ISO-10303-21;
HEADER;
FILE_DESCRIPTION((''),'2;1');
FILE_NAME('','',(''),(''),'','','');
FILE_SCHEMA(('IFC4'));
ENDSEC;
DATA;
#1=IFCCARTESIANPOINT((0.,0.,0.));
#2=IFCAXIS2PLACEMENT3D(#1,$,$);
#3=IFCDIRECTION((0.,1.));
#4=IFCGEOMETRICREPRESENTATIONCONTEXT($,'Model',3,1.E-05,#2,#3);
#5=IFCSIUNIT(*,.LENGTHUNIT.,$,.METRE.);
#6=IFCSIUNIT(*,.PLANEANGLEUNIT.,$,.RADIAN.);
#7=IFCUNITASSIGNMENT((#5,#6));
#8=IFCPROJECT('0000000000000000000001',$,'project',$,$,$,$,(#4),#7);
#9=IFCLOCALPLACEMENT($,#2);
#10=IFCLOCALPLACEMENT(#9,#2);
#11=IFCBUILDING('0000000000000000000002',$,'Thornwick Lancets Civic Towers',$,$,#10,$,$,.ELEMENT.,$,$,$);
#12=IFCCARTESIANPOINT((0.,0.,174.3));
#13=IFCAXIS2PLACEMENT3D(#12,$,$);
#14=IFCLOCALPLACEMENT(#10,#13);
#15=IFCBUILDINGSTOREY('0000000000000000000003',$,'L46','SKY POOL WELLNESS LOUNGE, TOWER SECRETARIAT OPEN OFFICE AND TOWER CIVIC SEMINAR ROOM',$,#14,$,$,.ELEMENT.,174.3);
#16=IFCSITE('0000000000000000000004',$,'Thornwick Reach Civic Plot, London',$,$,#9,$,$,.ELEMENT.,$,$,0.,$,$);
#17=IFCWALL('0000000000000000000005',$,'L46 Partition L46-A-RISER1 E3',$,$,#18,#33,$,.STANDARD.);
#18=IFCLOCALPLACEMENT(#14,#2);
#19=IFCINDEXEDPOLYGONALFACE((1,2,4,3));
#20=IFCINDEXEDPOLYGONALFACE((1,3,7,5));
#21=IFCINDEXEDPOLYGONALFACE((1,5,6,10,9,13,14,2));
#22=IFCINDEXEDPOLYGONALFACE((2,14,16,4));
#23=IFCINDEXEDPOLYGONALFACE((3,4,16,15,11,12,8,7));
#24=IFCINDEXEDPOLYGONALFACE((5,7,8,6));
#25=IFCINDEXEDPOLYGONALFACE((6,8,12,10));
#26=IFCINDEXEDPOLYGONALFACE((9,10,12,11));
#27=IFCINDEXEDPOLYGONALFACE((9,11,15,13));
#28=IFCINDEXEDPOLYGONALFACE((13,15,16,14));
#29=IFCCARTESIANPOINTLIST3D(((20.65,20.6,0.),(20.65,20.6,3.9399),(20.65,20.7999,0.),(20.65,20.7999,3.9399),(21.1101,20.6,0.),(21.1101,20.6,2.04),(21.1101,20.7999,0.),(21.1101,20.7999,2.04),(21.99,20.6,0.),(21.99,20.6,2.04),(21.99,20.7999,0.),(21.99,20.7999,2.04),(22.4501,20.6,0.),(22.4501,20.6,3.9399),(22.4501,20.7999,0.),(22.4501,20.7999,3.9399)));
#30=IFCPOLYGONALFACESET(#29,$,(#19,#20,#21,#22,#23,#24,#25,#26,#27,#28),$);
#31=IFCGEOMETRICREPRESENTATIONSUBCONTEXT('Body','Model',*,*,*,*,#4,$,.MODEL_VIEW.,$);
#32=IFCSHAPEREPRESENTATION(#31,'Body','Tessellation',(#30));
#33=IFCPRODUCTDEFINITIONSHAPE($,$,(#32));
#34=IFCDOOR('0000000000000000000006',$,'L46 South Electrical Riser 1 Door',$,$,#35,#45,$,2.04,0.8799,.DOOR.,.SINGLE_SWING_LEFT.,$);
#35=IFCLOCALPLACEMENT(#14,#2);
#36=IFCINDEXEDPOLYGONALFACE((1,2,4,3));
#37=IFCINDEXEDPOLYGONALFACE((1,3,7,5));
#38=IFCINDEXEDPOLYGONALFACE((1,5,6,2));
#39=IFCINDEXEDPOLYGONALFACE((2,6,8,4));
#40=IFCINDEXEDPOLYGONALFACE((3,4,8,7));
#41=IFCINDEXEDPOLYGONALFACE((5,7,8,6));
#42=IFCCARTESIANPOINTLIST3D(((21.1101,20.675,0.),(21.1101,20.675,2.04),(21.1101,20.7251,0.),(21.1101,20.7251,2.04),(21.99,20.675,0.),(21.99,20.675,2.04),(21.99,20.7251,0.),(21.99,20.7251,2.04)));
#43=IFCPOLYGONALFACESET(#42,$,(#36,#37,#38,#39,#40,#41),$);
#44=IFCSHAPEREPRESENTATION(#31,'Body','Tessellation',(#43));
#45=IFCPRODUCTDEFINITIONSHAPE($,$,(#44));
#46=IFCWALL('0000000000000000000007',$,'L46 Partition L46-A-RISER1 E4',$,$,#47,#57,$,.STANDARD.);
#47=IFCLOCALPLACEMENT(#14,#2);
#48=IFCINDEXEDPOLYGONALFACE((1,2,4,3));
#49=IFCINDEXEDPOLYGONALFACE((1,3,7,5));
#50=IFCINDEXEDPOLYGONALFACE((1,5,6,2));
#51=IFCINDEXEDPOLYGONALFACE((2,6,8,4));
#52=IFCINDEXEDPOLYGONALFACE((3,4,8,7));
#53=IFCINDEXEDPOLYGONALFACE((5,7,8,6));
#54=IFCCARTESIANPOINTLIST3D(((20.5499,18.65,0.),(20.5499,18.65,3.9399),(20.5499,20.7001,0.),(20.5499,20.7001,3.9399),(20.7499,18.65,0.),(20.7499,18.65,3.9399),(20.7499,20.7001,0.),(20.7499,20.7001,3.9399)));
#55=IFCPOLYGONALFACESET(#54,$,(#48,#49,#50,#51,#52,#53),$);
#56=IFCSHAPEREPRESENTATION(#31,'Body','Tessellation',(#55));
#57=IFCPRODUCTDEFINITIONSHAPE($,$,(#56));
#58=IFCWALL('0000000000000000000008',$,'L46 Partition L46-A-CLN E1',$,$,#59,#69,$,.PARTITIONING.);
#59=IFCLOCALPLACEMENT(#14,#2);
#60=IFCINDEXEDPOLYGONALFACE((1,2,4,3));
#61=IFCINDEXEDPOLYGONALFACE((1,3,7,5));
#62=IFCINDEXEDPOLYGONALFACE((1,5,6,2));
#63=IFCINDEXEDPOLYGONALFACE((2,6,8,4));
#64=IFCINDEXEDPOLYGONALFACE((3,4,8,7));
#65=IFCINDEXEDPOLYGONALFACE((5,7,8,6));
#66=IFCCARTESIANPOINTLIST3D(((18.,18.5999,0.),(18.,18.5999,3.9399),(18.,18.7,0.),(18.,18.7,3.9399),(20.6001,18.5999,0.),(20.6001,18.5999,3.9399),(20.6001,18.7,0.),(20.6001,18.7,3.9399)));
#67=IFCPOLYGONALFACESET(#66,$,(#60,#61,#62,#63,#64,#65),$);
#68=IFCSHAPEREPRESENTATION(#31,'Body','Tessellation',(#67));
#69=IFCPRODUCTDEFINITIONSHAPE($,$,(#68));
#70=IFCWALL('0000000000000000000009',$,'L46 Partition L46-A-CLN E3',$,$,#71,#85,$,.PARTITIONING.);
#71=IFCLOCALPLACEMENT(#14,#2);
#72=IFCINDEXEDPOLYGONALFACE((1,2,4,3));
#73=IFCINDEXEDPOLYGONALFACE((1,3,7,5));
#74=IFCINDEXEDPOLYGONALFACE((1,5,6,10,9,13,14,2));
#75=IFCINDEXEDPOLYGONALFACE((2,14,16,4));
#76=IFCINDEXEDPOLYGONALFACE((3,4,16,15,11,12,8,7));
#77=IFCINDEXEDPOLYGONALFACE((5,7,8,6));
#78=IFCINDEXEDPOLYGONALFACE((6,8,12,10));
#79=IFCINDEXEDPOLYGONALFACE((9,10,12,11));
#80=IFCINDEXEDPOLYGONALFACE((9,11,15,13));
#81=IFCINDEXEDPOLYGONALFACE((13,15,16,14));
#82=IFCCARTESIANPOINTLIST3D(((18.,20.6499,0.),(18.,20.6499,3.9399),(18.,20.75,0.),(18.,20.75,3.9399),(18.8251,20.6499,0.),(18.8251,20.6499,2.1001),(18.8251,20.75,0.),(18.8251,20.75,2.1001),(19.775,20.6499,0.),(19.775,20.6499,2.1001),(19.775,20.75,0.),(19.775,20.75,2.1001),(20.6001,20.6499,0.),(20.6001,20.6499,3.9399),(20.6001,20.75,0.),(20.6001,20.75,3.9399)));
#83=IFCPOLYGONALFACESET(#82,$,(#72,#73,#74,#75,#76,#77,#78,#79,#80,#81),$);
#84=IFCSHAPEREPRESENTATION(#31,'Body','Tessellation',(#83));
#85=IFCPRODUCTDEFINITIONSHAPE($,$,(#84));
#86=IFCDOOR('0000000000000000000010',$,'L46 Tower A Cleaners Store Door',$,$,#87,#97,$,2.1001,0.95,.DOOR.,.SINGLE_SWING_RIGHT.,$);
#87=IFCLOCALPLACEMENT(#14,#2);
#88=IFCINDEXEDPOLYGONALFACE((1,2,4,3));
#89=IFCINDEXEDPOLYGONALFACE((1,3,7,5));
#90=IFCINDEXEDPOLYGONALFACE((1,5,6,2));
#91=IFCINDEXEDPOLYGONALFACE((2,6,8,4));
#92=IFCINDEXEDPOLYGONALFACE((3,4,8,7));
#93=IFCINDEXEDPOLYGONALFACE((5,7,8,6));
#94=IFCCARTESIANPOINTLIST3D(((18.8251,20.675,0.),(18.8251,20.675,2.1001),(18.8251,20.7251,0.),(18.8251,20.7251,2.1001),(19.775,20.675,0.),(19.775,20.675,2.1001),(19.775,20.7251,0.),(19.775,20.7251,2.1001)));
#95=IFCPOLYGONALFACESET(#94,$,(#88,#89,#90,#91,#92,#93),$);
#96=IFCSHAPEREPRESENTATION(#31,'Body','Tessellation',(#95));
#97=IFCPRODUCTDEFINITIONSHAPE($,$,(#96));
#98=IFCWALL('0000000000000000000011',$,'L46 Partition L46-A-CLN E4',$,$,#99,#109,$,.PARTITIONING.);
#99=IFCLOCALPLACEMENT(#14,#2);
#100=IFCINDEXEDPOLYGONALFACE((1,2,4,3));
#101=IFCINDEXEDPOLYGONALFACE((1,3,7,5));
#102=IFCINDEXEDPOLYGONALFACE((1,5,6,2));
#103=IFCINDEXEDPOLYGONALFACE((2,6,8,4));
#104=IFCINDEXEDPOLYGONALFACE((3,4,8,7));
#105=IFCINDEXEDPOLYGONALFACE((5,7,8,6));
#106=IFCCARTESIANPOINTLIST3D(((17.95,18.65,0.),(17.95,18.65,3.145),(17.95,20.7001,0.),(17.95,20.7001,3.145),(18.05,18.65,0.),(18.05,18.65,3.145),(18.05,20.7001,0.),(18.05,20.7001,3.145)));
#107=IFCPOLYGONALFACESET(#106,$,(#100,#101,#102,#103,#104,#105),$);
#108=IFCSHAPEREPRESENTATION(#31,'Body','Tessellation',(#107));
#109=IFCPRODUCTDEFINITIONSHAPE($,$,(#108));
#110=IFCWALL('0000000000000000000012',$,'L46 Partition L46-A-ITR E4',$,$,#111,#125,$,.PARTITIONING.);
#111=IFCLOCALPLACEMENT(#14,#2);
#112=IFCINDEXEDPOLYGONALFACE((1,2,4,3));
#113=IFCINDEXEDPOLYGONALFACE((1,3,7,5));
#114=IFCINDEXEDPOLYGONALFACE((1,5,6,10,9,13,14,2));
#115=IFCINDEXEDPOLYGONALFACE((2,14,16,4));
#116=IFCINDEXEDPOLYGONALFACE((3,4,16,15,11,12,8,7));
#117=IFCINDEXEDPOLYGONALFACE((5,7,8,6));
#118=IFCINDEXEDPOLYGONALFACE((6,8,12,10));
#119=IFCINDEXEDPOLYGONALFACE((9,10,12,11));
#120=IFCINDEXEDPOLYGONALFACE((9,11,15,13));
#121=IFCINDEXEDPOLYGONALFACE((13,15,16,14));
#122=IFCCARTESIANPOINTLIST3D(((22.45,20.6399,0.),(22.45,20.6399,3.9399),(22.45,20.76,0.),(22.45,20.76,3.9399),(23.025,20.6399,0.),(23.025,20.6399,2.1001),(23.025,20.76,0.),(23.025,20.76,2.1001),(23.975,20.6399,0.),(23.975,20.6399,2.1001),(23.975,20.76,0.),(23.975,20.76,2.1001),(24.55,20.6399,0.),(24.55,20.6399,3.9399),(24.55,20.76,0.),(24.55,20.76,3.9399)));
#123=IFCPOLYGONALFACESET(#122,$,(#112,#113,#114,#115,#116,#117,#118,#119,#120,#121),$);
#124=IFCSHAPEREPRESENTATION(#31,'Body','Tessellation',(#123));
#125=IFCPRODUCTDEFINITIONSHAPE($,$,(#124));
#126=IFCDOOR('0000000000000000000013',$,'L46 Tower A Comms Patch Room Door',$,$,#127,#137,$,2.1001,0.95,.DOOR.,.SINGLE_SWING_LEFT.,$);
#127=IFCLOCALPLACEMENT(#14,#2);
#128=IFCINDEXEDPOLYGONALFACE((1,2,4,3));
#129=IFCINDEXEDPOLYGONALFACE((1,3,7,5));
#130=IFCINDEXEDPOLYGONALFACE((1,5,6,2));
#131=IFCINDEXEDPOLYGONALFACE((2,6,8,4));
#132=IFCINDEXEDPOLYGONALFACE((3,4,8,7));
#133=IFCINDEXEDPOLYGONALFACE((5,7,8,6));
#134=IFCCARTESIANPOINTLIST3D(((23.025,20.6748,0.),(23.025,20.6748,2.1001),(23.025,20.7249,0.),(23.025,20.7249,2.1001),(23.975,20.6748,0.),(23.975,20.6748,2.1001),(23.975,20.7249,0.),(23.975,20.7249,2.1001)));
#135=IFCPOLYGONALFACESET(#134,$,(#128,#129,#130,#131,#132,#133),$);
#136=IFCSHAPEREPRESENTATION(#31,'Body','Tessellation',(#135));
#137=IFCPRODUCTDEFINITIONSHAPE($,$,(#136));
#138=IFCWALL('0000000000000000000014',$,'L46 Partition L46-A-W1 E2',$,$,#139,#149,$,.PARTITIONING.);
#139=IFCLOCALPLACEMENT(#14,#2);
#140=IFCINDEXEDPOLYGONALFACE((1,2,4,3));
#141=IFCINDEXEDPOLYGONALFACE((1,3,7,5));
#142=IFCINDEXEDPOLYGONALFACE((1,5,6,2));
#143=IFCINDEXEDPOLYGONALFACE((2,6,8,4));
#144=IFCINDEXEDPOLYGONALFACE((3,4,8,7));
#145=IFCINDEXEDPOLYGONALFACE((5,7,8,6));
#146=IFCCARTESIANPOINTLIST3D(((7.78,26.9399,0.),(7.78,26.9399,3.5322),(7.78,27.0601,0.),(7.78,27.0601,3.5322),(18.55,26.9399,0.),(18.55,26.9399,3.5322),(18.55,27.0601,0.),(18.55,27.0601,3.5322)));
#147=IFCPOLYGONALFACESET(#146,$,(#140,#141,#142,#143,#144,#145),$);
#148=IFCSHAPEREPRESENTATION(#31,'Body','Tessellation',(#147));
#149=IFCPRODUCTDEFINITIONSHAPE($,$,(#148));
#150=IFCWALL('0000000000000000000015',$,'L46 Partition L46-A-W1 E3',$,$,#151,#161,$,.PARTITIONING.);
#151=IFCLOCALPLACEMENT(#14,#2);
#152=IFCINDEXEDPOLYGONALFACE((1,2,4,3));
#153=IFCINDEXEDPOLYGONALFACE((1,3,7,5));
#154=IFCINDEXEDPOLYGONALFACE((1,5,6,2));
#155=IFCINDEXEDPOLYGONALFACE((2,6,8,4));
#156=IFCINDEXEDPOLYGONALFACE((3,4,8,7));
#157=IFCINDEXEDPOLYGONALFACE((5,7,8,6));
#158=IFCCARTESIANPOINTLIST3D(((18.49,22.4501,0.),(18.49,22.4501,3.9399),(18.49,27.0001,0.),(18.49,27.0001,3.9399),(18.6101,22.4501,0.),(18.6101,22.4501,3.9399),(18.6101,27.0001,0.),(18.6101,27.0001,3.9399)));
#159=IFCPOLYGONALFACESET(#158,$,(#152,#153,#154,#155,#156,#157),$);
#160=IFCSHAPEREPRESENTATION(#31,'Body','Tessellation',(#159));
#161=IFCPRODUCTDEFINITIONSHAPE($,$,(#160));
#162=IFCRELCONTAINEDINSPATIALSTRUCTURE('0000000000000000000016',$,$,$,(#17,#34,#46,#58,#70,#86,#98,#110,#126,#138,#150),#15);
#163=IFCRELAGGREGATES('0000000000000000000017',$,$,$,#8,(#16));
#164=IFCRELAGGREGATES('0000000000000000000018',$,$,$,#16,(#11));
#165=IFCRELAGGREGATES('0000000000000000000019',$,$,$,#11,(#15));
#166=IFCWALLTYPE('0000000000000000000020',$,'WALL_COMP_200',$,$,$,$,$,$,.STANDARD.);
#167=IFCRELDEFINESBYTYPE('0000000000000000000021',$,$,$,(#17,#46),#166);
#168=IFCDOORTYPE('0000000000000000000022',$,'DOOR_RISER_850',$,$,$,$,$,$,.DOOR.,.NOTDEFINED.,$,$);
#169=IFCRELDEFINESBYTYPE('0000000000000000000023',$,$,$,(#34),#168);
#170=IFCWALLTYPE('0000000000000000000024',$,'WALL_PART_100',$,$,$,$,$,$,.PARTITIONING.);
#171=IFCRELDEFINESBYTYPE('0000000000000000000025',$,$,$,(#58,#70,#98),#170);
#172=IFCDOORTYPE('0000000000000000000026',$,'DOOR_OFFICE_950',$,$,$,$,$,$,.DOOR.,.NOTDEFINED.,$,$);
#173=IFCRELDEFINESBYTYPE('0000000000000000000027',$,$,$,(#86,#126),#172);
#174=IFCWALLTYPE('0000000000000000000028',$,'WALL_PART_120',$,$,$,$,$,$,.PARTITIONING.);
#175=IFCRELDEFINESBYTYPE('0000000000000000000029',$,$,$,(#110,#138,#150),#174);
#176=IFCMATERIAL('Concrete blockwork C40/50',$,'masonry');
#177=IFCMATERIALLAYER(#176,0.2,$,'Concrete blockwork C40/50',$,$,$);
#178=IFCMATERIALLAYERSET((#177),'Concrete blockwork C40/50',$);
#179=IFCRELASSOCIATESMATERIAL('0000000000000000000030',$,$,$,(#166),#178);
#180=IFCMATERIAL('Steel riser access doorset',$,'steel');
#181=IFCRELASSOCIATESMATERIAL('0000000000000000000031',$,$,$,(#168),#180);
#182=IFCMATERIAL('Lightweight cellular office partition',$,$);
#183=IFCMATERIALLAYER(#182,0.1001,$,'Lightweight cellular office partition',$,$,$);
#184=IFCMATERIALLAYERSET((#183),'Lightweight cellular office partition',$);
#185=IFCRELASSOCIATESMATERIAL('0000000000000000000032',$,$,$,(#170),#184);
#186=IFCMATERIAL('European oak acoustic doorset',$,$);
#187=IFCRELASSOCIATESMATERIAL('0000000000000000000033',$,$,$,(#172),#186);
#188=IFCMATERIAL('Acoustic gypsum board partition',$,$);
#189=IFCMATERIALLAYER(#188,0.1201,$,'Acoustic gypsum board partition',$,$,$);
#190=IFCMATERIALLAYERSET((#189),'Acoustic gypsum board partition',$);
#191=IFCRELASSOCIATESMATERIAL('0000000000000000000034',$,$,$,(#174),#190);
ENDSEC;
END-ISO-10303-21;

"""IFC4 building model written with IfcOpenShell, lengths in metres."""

from ifc_helpers import new_model, si_unit, direction, frame, frame_2d, origin, place, context, subcontext, project, spatial, rectangle, extrude, material, layer, layer_set, type_object, element, fill, save


model = new_model("IFC4")

# Units and contexts
model_context = context("Model", 3, precision=1e-05, world=origin(), true_north=direction((0.0, 1.0)))
body_context = subcontext(model_context, "Body", "Model", "MODEL_VIEW")
ifc_project = project(units=[si_unit("LENGTHUNIT", "METRE"), si_unit("PLANEANGLEUNIT", "RADIAN")], contexts=[model_context])

# Site, building, storey
site_placement = place(None, origin())
site = spatial("IfcSite", under=ifc_project, at=site_placement, Name="Thornwick Reach Civic Plot, London", CompositionType="ELEMENT", RefElevation=0.0)
building_placement = place(site_placement, origin())
building = spatial("IfcBuilding", under=site, at=building_placement, Name="Thornwick Lancets Civic Towers", CompositionType="ELEMENT")
storey_placement = place(building_placement, frame((0.0, 0.0, 174.3)))
storey = spatial("IfcBuildingStorey", under=building, at=storey_placement, Name="L46", Description="SKY POOL WELLNESS LOUNGE, TOWER SECRETARIAT OPEN OFFICE AND TOWER CIVIC SEMINAR ROOM", CompositionType="ELEMENT", Elevation=174.3)

# Shared definitions
ifc_material_1 = material(Name="Concrete blockwork C40/50", Category="masonry")
ifc_layer_1 = layer(ifc_material_1, 0.2, Name="Concrete blockwork C40/50")
ifc_layer_set_1 = layer_set([ifc_layer_1], Name="Concrete blockwork C40/50")
wall_type_1 = type_object("IfcWallType", Name="WALL_COMP_200", PredefinedType="STANDARD", material=ifc_layer_set_1)

# Wall, opening, door
wall_1_placement = place(storey_placement, frame((22.45, 20.7, 0.0), z_axis=(0.0, 0.0, 1.0), x_axis=(-1.0, 0.0, 0.0)))
wall_1 = element("IfcWall", 1, at=wall_1_placement, inside=storey, type_object=wall_type_1, Name="L46 Partition L46-A-RISER1 E3", PredefinedType="STANDARD", context=body_context, shape_type="SweptSolid", body=[
    extrude(rectangle(XDim=1.8, YDim=0.2, at=frame_2d((0.8999, 0.0))), origin(), (0.0, 0.0, 1.0), 3.9399),
])
opening_1_placement = place(wall_1_placement, frame((0.46, 0.0, 0.0)))
opening_1 = element("IfcOpeningElement", 2, at=opening_1_placement, cuts=wall_1, PredefinedType="OPENING", context=body_context, shape_type="SweptSolid", body=[
    extrude(rectangle(XDim=0.8799, YDim=2.04, at=frame_2d((0.4399, 1.02))), frame((0.0, 0.1099, 0.0), z_axis=(0.0, -1.0, 0.0), x_axis=(1.0, 0.0, 0.0)), (0.0, 0.0, 1.0), 0.22),
])
ifc_material_2 = material(Name="Steel riser access doorset", Category="steel")
door_type_1 = type_object("IfcDoorType", Name="DOOR_RISER_850", OperationType="NOTDEFINED", PredefinedType="DOOR", material=ifc_material_2)
door_1_placement = place(opening_1_placement, origin())
door_1 = element("IfcDoor", 3, at=door_1_placement, inside=storey, type_object=door_type_1, Name="L46 South Electrical Riser 1 Door", OperationType="SINGLE_SWING_LEFT", OverallHeight=2.04, OverallWidth=0.8799, PredefinedType="DOOR", context=body_context, shape_type="SweptSolid", body=[
    extrude(rectangle(XDim=0.8799, YDim=2.04, at=frame_2d((0.4399, 1.02))), frame((0.0, 0.0249, 0.0), z_axis=(0.0, -1.0, 0.0), x_axis=(1.0, 0.0, 0.0)), (0.0, 0.0, 1.0), 0.05),
])
fill(opening_1, door_1)

# Walls
wall_2_placement = place(storey_placement, frame((20.6499, 20.7, 0.0), z_axis=(0.0, 0.0, 1.0), x_axis=(0.0, -1.0, 0.0)))
element("IfcWall", 4, at=wall_2_placement, inside=storey, type_object=wall_type_1, Name="L46 Partition L46-A-RISER1 E4", PredefinedType="STANDARD", context=body_context, shape_type="SweptSolid", body=[
    extrude(rectangle(XDim=2.05, YDim=0.2, at=frame_2d((1.0249, 0.0))), origin(), (0.0, 0.0, 1.0), 3.9399),
])
ifc_material_3 = material(Name="Lightweight cellular office partition")
ifc_layer_2 = layer(ifc_material_3, 0.1001, Name="Lightweight cellular office partition")
ifc_layer_set_2 = layer_set([ifc_layer_2], Name="Lightweight cellular office partition")
wall_type_2 = type_object("IfcWallType", Name="WALL_PART_100", PredefinedType="PARTITIONING", material=ifc_layer_set_2)
wall_3_placement = place(storey_placement, frame((18.0, 18.6499, 0.0), z_axis=(0.0, 0.0, 1.0), x_axis=(1.0, 0.0, 0.0)))
element("IfcWall", 5, at=wall_3_placement, inside=storey, type_object=wall_type_2, Name="L46 Partition L46-A-CLN E1", PredefinedType="PARTITIONING", context=body_context, shape_type="SweptSolid", body=[
    extrude(rectangle(XDim=2.6001, YDim=0.1001, at=frame_2d((1.3, 0.0))), origin(), (0.0, 0.0, 1.0), 3.9399),
])

# Wall, opening, door
wall_4_placement = place(storey_placement, frame((20.6001, 20.7, 0.0), z_axis=(0.0, 0.0, 1.0), x_axis=(-1.0, 0.0, 0.0)))
wall_4 = element("IfcWall", 6, at=wall_4_placement, inside=storey, type_object=wall_type_2, Name="L46 Partition L46-A-CLN E3", PredefinedType="PARTITIONING", context=body_context, shape_type="SweptSolid", body=[
    extrude(rectangle(XDim=2.6001, YDim=0.1001, at=frame_2d((1.3, 0.0))), origin(), (0.0, 0.0, 1.0), 3.9399),
])
opening_2_placement = place(wall_4_placement, frame((0.825, 0.0, 0.0)))
opening_2 = element("IfcOpeningElement", 7, at=opening_2_placement, cuts=wall_4, PredefinedType="OPENING", context=body_context, shape_type="SweptSolid", body=[
    extrude(rectangle(XDim=0.95, YDim=2.1001, at=frame_2d((0.4751, 1.05))), frame((0.0, 0.0601, 0.0), z_axis=(0.0, -1.0, 0.0), x_axis=(1.0, 0.0, 0.0)), (0.0, 0.0, 1.0), 0.1201),
])
ifc_material_4 = material(Name="European oak acoustic doorset")
door_type_2 = type_object("IfcDoorType", Name="DOOR_OFFICE_950", OperationType="NOTDEFINED", PredefinedType="DOOR", material=ifc_material_4)
door_2_placement = place(opening_2_placement, origin())
door_2 = element("IfcDoor", 8, at=door_2_placement, inside=storey, type_object=door_type_2, Name="L46 Tower A Cleaners Store Door", OperationType="SINGLE_SWING_RIGHT", OverallHeight=2.1001, OverallWidth=0.95, PredefinedType="DOOR", context=body_context, shape_type="SweptSolid", body=[
    extrude(rectangle(XDim=0.95, YDim=2.1001, at=frame_2d((0.4751, 1.05))), frame((0.0, 0.0249, 0.0), z_axis=(0.0, -1.0, 0.0), x_axis=(1.0, 0.0, 0.0)), (0.0, 0.0, 1.0), 0.05),
])
fill(opening_2, door_2)

# Wall
wall_5_placement = place(storey_placement, frame((18.0, 20.7, 0.0), z_axis=(0.0, 0.0, 1.0), x_axis=(0.0, -1.0, 0.0)))
element("IfcWall", 9, at=wall_5_placement, inside=storey, type_object=wall_type_2, Name="L46 Partition L46-A-CLN E4", PredefinedType="PARTITIONING", context=body_context, shape_type="SweptSolid", body=[
    extrude(rectangle(XDim=2.05, YDim=0.1001, at=frame_2d((1.0249, 0.0))), origin(), (0.0, 0.0, 1.0), 3.145),
])

# Wall, opening, door
ifc_material_5 = material(Name="Acoustic gypsum board partition")
ifc_layer_3 = layer(ifc_material_5, 0.1201, Name="Acoustic gypsum board partition")
ifc_layer_set_3 = layer_set([ifc_layer_3], Name="Acoustic gypsum board partition")
wall_type_3 = type_object("IfcWallType", Name="WALL_PART_120", PredefinedType="PARTITIONING", material=ifc_layer_set_3)
wall_6_placement = place(storey_placement, frame((22.45, 20.7, 0.0), z_axis=(0.0, 0.0, 1.0), x_axis=(1.0, 0.0, 0.0)))
wall_6 = element("IfcWall", 10, at=wall_6_placement, inside=storey, type_object=wall_type_3, Name="L46 Partition L46-A-ITR E4", PredefinedType="PARTITIONING", context=body_context, shape_type="SweptSolid", body=[
    extrude(rectangle(XDim=2.1001, YDim=0.1201, at=frame_2d((1.05, 0.0))), origin(), (0.0, 0.0, 1.0), 3.9399),
])
opening_3_placement = place(wall_6_placement, frame((0.575, 0.0, 0.0)))
opening_3 = element("IfcOpeningElement", 11, at=opening_3_placement, cuts=wall_6, PredefinedType="OPENING", context=body_context, shape_type="SweptSolid", body=[
    extrude(rectangle(XDim=0.95, YDim=2.1001, at=frame_2d((0.4751, 1.05))), frame((0.0, 0.0701, 0.0), z_axis=(0.0, -1.0, 0.0), x_axis=(1.0, 0.0, 0.0)), (0.0, 0.0, 1.0), 0.1401),
])
door_3_placement = place(opening_3_placement, origin())
door_3 = element("IfcDoor", 12, at=door_3_placement, inside=storey, type_object=door_type_2, Name="L46 Tower A Comms Patch Room Door", OperationType="SINGLE_SWING_LEFT", OverallHeight=2.1001, OverallWidth=0.95, PredefinedType="DOOR", context=body_context, shape_type="SweptSolid", body=[
    extrude(rectangle(XDim=0.95, YDim=2.1001, at=frame_2d((0.4751, 1.05))), frame((0.0, 0.0249, 0.0), z_axis=(0.0, -1.0, 0.0), x_axis=(1.0, 0.0, 0.0)), (0.0, 0.0, 1.0), 0.05),
])
fill(opening_3, door_3)

# Walls
wall_7_placement = place(storey_placement, frame((7.78, 27.0, 0.0), z_axis=(0.0, 0.0, 1.0), x_axis=(1.0, 0.0, 0.0)))
element("IfcWall", 13, at=wall_7_placement, inside=storey, type_object=wall_type_3, Name="L46 Partition L46-A-W1 E2", PredefinedType="PARTITIONING", context=body_context, shape_type="SweptSolid", body=[
    extrude(rectangle(XDim=10.77, YDim=0.1201, at=frame_2d((5.385, 0.0))), origin(), (0.0, 0.0, 1.0), 3.5322),
])
wall_8_placement = place(storey_placement, frame((18.55, 27.0, 0.0), z_axis=(0.0, 0.0, 1.0), x_axis=(0.0, -1.0, 0.0)))
element("IfcWall", 14, at=wall_8_placement, inside=storey, type_object=wall_type_3, Name="L46 Partition L46-A-W1 E3", PredefinedType="PARTITIONING", context=body_context, shape_type="SweptSolid", body=[
    extrude(rectangle(XDim=4.55, YDim=0.1201, at=frame_2d((2.2749, 0.0))), origin(), (0.0, 0.0, 1.0), 3.9399),
])

save(model, "model.ifc")
